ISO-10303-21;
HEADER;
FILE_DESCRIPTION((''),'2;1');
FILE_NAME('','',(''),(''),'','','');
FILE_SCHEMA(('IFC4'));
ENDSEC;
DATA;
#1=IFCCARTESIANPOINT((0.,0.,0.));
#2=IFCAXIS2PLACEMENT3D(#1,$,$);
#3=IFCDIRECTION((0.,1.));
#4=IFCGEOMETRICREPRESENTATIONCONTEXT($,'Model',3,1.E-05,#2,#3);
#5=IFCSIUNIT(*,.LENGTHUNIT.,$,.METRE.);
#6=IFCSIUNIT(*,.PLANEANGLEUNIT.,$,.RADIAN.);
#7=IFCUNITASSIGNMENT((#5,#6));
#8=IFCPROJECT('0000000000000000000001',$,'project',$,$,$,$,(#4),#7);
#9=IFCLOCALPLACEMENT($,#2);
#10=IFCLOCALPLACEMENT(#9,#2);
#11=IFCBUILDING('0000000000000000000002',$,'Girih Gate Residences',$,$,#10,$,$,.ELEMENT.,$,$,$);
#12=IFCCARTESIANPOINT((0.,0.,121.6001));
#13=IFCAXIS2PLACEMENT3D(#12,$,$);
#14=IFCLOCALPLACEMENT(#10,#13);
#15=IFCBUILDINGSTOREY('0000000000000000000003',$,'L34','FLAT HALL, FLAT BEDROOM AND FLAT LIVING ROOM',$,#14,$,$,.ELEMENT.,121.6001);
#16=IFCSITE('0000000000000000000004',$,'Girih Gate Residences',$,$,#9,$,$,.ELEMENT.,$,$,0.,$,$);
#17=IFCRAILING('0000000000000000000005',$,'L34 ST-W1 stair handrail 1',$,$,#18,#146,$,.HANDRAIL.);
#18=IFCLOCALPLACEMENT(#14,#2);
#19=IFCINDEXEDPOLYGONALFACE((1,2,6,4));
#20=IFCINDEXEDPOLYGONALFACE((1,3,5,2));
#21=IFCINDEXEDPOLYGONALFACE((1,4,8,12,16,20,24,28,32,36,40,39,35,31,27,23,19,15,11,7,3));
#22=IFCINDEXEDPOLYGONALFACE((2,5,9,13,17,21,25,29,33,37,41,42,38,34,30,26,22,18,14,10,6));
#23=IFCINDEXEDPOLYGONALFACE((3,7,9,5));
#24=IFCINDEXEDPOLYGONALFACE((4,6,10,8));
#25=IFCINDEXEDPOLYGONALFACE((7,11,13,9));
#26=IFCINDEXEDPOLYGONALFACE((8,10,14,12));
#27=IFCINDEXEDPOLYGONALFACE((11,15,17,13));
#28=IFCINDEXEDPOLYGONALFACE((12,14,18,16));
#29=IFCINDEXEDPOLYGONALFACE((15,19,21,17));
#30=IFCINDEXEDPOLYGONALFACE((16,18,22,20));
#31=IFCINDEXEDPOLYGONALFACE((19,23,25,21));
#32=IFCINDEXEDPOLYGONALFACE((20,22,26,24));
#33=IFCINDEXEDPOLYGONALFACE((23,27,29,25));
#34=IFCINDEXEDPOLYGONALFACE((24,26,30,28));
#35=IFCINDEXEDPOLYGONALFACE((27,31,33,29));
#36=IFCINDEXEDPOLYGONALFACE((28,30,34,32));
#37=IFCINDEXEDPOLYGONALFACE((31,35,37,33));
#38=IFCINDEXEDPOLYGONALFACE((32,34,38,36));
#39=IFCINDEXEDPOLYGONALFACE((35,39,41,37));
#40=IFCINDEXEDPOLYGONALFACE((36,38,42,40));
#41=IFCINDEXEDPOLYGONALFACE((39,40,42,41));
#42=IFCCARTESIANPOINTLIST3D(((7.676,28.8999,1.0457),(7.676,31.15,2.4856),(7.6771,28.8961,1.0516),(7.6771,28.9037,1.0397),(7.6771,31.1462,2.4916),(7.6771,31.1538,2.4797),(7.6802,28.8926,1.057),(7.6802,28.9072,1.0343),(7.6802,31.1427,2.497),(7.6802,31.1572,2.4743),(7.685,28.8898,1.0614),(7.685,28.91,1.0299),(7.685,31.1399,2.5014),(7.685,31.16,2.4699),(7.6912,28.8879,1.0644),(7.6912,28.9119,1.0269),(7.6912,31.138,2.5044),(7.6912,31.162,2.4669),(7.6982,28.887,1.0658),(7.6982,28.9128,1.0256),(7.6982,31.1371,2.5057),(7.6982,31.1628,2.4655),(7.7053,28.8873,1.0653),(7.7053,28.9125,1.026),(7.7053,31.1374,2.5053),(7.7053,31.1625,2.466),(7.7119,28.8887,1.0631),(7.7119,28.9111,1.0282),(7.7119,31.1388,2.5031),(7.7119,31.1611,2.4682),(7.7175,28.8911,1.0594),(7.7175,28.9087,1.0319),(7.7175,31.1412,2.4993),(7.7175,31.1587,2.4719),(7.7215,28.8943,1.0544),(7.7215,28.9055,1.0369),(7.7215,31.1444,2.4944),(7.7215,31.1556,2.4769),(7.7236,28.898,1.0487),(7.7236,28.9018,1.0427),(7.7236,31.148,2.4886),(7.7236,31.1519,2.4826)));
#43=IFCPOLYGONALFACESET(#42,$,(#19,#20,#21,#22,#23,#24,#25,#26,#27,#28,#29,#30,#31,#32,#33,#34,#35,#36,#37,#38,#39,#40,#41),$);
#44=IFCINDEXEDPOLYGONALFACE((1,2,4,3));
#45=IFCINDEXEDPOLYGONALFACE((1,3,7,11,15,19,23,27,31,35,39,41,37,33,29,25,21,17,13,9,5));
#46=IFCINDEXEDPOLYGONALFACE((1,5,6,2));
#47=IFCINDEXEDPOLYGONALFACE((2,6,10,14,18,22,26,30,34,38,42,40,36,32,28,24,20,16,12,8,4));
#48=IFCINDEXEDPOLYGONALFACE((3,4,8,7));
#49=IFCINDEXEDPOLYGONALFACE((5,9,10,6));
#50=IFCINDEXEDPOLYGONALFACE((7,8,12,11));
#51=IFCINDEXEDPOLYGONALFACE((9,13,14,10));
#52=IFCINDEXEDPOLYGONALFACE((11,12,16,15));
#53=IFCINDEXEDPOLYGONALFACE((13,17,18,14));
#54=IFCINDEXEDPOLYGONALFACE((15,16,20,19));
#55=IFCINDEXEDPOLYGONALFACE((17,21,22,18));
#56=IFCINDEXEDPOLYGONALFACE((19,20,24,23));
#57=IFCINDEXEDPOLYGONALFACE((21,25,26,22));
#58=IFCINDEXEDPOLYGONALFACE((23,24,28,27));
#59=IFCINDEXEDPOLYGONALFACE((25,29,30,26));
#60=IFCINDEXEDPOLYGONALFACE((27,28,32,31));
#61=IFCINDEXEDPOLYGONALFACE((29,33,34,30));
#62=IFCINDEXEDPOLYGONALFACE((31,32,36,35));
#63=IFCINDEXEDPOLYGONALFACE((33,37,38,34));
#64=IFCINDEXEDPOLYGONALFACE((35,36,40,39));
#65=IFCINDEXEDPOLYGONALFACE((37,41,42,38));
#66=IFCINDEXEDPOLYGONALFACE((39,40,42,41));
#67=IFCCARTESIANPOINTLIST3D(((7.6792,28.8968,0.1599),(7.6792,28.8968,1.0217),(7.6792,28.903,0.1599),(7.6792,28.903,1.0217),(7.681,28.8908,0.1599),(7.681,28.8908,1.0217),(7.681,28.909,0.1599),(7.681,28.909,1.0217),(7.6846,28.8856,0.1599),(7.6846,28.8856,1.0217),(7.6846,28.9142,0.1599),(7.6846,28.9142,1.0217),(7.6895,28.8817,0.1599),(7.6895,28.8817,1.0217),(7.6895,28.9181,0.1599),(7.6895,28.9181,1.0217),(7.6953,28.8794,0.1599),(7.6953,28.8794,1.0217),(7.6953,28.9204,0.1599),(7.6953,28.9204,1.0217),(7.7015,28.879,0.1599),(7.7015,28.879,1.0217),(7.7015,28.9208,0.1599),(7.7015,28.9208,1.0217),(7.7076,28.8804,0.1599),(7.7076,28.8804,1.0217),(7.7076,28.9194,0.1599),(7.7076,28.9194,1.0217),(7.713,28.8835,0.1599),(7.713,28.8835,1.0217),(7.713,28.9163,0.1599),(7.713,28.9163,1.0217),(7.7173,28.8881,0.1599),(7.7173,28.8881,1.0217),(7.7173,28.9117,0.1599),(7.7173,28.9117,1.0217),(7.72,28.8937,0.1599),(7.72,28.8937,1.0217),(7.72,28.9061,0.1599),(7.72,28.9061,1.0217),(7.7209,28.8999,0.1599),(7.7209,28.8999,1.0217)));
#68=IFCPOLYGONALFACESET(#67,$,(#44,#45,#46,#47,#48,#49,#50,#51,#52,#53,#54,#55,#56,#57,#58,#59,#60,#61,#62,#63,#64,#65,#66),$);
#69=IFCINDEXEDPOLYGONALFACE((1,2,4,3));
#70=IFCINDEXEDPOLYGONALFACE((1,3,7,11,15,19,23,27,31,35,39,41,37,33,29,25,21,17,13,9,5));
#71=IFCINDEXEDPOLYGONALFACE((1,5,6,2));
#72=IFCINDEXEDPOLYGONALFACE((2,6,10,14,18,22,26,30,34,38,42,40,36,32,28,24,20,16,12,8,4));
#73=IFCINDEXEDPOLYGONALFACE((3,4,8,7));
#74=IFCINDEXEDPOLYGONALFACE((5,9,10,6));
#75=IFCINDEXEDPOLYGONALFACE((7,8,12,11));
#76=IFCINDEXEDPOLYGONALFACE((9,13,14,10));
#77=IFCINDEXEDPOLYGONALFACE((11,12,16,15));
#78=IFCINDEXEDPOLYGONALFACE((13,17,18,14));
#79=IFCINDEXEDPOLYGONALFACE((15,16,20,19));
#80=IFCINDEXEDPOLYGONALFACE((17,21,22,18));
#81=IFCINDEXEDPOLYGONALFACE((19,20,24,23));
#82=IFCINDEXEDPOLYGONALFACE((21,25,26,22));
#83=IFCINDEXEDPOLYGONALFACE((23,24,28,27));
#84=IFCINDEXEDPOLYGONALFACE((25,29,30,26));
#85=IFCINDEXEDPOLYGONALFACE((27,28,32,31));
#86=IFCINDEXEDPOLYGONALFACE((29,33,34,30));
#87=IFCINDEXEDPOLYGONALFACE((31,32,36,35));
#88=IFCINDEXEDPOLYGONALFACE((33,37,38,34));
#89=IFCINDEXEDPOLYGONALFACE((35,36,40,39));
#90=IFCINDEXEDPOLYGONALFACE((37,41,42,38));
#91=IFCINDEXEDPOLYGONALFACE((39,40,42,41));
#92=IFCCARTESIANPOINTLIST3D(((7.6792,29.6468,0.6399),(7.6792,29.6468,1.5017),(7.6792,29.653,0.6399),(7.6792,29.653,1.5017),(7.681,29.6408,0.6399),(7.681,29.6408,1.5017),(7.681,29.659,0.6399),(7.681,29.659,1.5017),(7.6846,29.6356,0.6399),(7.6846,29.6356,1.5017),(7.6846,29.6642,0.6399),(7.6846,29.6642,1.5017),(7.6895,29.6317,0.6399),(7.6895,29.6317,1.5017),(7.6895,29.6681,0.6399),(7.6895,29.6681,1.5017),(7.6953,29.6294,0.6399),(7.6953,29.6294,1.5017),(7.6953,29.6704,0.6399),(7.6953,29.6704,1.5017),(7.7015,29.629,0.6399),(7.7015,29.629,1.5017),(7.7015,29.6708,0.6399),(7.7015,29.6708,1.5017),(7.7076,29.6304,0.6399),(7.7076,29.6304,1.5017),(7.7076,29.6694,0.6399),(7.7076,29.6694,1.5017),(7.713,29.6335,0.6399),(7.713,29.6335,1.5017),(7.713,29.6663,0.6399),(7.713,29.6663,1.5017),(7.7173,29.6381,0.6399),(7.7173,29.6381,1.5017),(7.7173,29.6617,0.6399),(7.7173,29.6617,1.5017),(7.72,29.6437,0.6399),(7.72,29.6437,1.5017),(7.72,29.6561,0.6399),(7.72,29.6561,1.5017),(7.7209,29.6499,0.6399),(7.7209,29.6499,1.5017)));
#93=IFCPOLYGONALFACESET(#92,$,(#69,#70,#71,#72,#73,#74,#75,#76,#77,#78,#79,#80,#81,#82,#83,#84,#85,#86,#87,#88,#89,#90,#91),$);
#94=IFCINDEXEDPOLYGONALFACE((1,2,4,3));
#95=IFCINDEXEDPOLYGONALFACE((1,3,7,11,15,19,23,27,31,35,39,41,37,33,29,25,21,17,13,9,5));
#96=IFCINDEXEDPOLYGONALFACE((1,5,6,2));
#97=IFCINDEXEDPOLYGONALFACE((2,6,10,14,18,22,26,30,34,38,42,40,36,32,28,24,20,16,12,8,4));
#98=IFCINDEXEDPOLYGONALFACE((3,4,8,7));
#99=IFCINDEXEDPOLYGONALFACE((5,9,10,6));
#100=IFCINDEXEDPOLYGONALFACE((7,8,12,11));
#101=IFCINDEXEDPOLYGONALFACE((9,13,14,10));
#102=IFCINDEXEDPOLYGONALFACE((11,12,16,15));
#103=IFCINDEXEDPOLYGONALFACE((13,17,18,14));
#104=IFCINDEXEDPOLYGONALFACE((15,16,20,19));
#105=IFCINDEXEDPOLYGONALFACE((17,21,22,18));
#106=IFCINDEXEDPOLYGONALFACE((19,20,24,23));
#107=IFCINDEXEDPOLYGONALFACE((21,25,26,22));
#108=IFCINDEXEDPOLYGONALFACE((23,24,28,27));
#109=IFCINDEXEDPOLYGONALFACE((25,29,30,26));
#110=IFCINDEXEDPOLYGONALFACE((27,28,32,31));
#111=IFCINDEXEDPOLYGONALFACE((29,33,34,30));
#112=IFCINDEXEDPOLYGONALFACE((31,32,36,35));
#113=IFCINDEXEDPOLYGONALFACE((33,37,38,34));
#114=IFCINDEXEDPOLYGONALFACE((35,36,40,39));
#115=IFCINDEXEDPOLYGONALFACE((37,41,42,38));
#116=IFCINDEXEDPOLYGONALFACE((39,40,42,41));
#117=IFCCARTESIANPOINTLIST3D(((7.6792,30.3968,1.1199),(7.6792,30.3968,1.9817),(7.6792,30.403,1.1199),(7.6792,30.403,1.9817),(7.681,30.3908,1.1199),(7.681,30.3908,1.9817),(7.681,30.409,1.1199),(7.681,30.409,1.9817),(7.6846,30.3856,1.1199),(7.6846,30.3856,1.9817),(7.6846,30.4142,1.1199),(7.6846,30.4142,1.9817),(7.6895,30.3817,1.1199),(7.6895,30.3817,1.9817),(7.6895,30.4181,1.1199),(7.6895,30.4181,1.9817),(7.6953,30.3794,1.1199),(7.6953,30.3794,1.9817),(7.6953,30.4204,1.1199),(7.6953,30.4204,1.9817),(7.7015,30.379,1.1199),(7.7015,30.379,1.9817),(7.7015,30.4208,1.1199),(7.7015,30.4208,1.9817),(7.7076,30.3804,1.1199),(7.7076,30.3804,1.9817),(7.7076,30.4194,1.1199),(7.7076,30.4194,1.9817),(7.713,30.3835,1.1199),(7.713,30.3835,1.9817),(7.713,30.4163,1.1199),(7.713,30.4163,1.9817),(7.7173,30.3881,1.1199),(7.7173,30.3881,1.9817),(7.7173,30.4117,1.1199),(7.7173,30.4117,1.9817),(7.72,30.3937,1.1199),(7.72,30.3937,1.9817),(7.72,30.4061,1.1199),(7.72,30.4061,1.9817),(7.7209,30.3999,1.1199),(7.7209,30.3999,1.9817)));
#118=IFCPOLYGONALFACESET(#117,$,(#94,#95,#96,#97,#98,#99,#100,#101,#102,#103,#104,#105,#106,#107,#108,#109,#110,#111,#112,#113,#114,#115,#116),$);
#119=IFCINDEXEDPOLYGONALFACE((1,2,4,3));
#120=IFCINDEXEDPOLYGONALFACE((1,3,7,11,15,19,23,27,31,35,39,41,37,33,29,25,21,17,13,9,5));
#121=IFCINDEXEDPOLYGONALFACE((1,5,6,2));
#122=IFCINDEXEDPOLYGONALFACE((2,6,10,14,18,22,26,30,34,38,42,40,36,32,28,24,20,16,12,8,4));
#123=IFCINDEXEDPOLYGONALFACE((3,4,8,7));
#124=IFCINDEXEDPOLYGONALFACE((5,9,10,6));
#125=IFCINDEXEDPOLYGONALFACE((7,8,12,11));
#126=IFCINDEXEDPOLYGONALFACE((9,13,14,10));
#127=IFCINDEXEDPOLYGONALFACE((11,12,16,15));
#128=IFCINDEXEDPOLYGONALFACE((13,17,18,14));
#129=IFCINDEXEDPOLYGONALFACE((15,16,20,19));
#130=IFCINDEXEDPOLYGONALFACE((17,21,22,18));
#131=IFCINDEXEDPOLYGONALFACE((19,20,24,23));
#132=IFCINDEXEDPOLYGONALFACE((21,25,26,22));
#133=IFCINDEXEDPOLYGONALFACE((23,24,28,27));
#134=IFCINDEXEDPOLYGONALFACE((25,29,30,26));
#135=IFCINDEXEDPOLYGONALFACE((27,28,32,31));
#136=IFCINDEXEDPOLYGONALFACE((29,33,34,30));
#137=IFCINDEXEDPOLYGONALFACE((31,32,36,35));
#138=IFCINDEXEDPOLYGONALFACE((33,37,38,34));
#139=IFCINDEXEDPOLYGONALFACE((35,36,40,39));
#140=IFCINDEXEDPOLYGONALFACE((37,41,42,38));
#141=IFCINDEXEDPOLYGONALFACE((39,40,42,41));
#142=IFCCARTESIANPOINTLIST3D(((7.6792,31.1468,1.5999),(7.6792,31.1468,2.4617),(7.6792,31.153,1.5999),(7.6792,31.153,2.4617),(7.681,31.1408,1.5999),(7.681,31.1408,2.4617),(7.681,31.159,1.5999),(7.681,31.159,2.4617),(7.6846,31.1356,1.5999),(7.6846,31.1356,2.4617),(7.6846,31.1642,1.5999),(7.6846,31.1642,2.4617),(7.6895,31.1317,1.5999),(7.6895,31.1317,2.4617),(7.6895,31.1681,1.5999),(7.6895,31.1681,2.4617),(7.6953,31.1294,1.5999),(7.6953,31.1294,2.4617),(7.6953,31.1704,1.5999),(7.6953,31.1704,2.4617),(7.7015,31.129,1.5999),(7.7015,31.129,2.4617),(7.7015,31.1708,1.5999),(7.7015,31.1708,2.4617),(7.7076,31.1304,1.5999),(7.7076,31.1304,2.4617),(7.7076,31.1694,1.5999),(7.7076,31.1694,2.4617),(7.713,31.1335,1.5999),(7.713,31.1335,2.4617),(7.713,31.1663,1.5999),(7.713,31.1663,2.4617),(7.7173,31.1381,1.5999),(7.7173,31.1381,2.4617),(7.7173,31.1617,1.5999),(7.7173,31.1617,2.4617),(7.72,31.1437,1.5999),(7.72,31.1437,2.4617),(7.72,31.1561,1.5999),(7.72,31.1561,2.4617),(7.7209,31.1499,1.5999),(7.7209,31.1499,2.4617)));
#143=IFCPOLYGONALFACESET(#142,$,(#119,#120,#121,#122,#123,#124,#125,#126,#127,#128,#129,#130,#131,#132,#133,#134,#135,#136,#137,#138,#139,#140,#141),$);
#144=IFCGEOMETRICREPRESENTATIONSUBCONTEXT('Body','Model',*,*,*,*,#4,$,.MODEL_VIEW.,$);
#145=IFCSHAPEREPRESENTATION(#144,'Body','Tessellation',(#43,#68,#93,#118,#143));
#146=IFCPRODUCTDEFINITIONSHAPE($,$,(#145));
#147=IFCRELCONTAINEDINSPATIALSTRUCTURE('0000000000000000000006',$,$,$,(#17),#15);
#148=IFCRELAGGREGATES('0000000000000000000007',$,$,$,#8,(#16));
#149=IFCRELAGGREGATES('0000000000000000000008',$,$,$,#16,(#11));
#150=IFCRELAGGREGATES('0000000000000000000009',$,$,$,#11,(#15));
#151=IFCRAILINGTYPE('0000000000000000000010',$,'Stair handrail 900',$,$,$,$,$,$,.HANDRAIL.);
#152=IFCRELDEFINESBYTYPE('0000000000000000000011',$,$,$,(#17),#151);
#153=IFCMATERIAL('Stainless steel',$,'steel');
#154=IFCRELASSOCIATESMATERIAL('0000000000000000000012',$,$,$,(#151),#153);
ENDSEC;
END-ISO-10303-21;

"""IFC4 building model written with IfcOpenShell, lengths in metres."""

from ifc_helpers import new_model, si_unit, direction, frame, origin, origin_2d, place, context, subcontext, project, spatial, circle, extrude, material, type_object, element, save


model = new_model("IFC4")

# Units and contexts
model_context = context("Model", 3, precision=1e-05, world=origin(), true_north=direction((0.0, 1.0)))
body_context = subcontext(model_context, "Body", "Model", "MODEL_VIEW")
ifc_project = project(units=[si_unit("LENGTHUNIT", "METRE"), si_unit("PLANEANGLEUNIT", "RADIAN")], contexts=[model_context])

# Site, building, storey
site_placement = place(None, origin())
site = spatial("IfcSite", under=ifc_project, at=site_placement, Name="Girih Gate Residences", CompositionType="ELEMENT", RefElevation=0.0)
building_placement = place(site_placement, origin())
building = spatial("IfcBuilding", under=site, at=building_placement, Name="Girih Gate Residences", CompositionType="ELEMENT")
storey_placement = place(building_placement, frame((0.0, 0.0, 121.6001)))
storey = spatial("IfcBuildingStorey", under=building, at=storey_placement, Name="L34", Description="FLAT HALL, FLAT BEDROOM AND FLAT LIVING ROOM", CompositionType="ELEMENT", Elevation=121.6001)

# Railing
ifc_material_1 = material(Name="Stainless steel", Category="steel")
railing_type_1 = type_object("IfcRailingType", Name="Stair handrail 900", PredefinedType="HANDRAIL", material=ifc_material_1)
railing_1_placement = place(storey_placement, frame((7.7, 28.8999, 0.1599)))
element("IfcRailing", 1, at=railing_1_placement, inside=storey, type_object=railing_type_1, Name="L34 ST-W1 stair handrail 1", PredefinedType="HANDRAIL", context=body_context, shape_type="SweptSolid", body=[
    extrude(circle(Radius=0.0239, at=origin_2d()), frame((0.0, 0.0, 0.8857), z_axis=(0.0, 0.842281, 0.539038), x_axis=(-1.0, 0.0, 0.0)), (0.0, 0.0, 1.0), 2.6714),
    extrude(circle(Radius=0.021, at=origin_2d()), origin(), (0.0, 0.0, 1.0), 0.8618),
    extrude(circle(Radius=0.021, at=origin_2d()), frame((0.0, 0.75, 0.48)), (0.0, 0.0, 1.0), 0.8618),
    extrude(circle(Radius=0.021, at=origin_2d()), frame((0.0, 1.5, 0.96)), (0.0, 0.0, 1.0), 0.8618),
    extrude(circle(Radius=0.021, at=origin_2d()), frame((0.0, 2.25, 1.4399)), (0.0, 0.0, 1.0), 0.8618),
])

save(model, "model.ifc")
